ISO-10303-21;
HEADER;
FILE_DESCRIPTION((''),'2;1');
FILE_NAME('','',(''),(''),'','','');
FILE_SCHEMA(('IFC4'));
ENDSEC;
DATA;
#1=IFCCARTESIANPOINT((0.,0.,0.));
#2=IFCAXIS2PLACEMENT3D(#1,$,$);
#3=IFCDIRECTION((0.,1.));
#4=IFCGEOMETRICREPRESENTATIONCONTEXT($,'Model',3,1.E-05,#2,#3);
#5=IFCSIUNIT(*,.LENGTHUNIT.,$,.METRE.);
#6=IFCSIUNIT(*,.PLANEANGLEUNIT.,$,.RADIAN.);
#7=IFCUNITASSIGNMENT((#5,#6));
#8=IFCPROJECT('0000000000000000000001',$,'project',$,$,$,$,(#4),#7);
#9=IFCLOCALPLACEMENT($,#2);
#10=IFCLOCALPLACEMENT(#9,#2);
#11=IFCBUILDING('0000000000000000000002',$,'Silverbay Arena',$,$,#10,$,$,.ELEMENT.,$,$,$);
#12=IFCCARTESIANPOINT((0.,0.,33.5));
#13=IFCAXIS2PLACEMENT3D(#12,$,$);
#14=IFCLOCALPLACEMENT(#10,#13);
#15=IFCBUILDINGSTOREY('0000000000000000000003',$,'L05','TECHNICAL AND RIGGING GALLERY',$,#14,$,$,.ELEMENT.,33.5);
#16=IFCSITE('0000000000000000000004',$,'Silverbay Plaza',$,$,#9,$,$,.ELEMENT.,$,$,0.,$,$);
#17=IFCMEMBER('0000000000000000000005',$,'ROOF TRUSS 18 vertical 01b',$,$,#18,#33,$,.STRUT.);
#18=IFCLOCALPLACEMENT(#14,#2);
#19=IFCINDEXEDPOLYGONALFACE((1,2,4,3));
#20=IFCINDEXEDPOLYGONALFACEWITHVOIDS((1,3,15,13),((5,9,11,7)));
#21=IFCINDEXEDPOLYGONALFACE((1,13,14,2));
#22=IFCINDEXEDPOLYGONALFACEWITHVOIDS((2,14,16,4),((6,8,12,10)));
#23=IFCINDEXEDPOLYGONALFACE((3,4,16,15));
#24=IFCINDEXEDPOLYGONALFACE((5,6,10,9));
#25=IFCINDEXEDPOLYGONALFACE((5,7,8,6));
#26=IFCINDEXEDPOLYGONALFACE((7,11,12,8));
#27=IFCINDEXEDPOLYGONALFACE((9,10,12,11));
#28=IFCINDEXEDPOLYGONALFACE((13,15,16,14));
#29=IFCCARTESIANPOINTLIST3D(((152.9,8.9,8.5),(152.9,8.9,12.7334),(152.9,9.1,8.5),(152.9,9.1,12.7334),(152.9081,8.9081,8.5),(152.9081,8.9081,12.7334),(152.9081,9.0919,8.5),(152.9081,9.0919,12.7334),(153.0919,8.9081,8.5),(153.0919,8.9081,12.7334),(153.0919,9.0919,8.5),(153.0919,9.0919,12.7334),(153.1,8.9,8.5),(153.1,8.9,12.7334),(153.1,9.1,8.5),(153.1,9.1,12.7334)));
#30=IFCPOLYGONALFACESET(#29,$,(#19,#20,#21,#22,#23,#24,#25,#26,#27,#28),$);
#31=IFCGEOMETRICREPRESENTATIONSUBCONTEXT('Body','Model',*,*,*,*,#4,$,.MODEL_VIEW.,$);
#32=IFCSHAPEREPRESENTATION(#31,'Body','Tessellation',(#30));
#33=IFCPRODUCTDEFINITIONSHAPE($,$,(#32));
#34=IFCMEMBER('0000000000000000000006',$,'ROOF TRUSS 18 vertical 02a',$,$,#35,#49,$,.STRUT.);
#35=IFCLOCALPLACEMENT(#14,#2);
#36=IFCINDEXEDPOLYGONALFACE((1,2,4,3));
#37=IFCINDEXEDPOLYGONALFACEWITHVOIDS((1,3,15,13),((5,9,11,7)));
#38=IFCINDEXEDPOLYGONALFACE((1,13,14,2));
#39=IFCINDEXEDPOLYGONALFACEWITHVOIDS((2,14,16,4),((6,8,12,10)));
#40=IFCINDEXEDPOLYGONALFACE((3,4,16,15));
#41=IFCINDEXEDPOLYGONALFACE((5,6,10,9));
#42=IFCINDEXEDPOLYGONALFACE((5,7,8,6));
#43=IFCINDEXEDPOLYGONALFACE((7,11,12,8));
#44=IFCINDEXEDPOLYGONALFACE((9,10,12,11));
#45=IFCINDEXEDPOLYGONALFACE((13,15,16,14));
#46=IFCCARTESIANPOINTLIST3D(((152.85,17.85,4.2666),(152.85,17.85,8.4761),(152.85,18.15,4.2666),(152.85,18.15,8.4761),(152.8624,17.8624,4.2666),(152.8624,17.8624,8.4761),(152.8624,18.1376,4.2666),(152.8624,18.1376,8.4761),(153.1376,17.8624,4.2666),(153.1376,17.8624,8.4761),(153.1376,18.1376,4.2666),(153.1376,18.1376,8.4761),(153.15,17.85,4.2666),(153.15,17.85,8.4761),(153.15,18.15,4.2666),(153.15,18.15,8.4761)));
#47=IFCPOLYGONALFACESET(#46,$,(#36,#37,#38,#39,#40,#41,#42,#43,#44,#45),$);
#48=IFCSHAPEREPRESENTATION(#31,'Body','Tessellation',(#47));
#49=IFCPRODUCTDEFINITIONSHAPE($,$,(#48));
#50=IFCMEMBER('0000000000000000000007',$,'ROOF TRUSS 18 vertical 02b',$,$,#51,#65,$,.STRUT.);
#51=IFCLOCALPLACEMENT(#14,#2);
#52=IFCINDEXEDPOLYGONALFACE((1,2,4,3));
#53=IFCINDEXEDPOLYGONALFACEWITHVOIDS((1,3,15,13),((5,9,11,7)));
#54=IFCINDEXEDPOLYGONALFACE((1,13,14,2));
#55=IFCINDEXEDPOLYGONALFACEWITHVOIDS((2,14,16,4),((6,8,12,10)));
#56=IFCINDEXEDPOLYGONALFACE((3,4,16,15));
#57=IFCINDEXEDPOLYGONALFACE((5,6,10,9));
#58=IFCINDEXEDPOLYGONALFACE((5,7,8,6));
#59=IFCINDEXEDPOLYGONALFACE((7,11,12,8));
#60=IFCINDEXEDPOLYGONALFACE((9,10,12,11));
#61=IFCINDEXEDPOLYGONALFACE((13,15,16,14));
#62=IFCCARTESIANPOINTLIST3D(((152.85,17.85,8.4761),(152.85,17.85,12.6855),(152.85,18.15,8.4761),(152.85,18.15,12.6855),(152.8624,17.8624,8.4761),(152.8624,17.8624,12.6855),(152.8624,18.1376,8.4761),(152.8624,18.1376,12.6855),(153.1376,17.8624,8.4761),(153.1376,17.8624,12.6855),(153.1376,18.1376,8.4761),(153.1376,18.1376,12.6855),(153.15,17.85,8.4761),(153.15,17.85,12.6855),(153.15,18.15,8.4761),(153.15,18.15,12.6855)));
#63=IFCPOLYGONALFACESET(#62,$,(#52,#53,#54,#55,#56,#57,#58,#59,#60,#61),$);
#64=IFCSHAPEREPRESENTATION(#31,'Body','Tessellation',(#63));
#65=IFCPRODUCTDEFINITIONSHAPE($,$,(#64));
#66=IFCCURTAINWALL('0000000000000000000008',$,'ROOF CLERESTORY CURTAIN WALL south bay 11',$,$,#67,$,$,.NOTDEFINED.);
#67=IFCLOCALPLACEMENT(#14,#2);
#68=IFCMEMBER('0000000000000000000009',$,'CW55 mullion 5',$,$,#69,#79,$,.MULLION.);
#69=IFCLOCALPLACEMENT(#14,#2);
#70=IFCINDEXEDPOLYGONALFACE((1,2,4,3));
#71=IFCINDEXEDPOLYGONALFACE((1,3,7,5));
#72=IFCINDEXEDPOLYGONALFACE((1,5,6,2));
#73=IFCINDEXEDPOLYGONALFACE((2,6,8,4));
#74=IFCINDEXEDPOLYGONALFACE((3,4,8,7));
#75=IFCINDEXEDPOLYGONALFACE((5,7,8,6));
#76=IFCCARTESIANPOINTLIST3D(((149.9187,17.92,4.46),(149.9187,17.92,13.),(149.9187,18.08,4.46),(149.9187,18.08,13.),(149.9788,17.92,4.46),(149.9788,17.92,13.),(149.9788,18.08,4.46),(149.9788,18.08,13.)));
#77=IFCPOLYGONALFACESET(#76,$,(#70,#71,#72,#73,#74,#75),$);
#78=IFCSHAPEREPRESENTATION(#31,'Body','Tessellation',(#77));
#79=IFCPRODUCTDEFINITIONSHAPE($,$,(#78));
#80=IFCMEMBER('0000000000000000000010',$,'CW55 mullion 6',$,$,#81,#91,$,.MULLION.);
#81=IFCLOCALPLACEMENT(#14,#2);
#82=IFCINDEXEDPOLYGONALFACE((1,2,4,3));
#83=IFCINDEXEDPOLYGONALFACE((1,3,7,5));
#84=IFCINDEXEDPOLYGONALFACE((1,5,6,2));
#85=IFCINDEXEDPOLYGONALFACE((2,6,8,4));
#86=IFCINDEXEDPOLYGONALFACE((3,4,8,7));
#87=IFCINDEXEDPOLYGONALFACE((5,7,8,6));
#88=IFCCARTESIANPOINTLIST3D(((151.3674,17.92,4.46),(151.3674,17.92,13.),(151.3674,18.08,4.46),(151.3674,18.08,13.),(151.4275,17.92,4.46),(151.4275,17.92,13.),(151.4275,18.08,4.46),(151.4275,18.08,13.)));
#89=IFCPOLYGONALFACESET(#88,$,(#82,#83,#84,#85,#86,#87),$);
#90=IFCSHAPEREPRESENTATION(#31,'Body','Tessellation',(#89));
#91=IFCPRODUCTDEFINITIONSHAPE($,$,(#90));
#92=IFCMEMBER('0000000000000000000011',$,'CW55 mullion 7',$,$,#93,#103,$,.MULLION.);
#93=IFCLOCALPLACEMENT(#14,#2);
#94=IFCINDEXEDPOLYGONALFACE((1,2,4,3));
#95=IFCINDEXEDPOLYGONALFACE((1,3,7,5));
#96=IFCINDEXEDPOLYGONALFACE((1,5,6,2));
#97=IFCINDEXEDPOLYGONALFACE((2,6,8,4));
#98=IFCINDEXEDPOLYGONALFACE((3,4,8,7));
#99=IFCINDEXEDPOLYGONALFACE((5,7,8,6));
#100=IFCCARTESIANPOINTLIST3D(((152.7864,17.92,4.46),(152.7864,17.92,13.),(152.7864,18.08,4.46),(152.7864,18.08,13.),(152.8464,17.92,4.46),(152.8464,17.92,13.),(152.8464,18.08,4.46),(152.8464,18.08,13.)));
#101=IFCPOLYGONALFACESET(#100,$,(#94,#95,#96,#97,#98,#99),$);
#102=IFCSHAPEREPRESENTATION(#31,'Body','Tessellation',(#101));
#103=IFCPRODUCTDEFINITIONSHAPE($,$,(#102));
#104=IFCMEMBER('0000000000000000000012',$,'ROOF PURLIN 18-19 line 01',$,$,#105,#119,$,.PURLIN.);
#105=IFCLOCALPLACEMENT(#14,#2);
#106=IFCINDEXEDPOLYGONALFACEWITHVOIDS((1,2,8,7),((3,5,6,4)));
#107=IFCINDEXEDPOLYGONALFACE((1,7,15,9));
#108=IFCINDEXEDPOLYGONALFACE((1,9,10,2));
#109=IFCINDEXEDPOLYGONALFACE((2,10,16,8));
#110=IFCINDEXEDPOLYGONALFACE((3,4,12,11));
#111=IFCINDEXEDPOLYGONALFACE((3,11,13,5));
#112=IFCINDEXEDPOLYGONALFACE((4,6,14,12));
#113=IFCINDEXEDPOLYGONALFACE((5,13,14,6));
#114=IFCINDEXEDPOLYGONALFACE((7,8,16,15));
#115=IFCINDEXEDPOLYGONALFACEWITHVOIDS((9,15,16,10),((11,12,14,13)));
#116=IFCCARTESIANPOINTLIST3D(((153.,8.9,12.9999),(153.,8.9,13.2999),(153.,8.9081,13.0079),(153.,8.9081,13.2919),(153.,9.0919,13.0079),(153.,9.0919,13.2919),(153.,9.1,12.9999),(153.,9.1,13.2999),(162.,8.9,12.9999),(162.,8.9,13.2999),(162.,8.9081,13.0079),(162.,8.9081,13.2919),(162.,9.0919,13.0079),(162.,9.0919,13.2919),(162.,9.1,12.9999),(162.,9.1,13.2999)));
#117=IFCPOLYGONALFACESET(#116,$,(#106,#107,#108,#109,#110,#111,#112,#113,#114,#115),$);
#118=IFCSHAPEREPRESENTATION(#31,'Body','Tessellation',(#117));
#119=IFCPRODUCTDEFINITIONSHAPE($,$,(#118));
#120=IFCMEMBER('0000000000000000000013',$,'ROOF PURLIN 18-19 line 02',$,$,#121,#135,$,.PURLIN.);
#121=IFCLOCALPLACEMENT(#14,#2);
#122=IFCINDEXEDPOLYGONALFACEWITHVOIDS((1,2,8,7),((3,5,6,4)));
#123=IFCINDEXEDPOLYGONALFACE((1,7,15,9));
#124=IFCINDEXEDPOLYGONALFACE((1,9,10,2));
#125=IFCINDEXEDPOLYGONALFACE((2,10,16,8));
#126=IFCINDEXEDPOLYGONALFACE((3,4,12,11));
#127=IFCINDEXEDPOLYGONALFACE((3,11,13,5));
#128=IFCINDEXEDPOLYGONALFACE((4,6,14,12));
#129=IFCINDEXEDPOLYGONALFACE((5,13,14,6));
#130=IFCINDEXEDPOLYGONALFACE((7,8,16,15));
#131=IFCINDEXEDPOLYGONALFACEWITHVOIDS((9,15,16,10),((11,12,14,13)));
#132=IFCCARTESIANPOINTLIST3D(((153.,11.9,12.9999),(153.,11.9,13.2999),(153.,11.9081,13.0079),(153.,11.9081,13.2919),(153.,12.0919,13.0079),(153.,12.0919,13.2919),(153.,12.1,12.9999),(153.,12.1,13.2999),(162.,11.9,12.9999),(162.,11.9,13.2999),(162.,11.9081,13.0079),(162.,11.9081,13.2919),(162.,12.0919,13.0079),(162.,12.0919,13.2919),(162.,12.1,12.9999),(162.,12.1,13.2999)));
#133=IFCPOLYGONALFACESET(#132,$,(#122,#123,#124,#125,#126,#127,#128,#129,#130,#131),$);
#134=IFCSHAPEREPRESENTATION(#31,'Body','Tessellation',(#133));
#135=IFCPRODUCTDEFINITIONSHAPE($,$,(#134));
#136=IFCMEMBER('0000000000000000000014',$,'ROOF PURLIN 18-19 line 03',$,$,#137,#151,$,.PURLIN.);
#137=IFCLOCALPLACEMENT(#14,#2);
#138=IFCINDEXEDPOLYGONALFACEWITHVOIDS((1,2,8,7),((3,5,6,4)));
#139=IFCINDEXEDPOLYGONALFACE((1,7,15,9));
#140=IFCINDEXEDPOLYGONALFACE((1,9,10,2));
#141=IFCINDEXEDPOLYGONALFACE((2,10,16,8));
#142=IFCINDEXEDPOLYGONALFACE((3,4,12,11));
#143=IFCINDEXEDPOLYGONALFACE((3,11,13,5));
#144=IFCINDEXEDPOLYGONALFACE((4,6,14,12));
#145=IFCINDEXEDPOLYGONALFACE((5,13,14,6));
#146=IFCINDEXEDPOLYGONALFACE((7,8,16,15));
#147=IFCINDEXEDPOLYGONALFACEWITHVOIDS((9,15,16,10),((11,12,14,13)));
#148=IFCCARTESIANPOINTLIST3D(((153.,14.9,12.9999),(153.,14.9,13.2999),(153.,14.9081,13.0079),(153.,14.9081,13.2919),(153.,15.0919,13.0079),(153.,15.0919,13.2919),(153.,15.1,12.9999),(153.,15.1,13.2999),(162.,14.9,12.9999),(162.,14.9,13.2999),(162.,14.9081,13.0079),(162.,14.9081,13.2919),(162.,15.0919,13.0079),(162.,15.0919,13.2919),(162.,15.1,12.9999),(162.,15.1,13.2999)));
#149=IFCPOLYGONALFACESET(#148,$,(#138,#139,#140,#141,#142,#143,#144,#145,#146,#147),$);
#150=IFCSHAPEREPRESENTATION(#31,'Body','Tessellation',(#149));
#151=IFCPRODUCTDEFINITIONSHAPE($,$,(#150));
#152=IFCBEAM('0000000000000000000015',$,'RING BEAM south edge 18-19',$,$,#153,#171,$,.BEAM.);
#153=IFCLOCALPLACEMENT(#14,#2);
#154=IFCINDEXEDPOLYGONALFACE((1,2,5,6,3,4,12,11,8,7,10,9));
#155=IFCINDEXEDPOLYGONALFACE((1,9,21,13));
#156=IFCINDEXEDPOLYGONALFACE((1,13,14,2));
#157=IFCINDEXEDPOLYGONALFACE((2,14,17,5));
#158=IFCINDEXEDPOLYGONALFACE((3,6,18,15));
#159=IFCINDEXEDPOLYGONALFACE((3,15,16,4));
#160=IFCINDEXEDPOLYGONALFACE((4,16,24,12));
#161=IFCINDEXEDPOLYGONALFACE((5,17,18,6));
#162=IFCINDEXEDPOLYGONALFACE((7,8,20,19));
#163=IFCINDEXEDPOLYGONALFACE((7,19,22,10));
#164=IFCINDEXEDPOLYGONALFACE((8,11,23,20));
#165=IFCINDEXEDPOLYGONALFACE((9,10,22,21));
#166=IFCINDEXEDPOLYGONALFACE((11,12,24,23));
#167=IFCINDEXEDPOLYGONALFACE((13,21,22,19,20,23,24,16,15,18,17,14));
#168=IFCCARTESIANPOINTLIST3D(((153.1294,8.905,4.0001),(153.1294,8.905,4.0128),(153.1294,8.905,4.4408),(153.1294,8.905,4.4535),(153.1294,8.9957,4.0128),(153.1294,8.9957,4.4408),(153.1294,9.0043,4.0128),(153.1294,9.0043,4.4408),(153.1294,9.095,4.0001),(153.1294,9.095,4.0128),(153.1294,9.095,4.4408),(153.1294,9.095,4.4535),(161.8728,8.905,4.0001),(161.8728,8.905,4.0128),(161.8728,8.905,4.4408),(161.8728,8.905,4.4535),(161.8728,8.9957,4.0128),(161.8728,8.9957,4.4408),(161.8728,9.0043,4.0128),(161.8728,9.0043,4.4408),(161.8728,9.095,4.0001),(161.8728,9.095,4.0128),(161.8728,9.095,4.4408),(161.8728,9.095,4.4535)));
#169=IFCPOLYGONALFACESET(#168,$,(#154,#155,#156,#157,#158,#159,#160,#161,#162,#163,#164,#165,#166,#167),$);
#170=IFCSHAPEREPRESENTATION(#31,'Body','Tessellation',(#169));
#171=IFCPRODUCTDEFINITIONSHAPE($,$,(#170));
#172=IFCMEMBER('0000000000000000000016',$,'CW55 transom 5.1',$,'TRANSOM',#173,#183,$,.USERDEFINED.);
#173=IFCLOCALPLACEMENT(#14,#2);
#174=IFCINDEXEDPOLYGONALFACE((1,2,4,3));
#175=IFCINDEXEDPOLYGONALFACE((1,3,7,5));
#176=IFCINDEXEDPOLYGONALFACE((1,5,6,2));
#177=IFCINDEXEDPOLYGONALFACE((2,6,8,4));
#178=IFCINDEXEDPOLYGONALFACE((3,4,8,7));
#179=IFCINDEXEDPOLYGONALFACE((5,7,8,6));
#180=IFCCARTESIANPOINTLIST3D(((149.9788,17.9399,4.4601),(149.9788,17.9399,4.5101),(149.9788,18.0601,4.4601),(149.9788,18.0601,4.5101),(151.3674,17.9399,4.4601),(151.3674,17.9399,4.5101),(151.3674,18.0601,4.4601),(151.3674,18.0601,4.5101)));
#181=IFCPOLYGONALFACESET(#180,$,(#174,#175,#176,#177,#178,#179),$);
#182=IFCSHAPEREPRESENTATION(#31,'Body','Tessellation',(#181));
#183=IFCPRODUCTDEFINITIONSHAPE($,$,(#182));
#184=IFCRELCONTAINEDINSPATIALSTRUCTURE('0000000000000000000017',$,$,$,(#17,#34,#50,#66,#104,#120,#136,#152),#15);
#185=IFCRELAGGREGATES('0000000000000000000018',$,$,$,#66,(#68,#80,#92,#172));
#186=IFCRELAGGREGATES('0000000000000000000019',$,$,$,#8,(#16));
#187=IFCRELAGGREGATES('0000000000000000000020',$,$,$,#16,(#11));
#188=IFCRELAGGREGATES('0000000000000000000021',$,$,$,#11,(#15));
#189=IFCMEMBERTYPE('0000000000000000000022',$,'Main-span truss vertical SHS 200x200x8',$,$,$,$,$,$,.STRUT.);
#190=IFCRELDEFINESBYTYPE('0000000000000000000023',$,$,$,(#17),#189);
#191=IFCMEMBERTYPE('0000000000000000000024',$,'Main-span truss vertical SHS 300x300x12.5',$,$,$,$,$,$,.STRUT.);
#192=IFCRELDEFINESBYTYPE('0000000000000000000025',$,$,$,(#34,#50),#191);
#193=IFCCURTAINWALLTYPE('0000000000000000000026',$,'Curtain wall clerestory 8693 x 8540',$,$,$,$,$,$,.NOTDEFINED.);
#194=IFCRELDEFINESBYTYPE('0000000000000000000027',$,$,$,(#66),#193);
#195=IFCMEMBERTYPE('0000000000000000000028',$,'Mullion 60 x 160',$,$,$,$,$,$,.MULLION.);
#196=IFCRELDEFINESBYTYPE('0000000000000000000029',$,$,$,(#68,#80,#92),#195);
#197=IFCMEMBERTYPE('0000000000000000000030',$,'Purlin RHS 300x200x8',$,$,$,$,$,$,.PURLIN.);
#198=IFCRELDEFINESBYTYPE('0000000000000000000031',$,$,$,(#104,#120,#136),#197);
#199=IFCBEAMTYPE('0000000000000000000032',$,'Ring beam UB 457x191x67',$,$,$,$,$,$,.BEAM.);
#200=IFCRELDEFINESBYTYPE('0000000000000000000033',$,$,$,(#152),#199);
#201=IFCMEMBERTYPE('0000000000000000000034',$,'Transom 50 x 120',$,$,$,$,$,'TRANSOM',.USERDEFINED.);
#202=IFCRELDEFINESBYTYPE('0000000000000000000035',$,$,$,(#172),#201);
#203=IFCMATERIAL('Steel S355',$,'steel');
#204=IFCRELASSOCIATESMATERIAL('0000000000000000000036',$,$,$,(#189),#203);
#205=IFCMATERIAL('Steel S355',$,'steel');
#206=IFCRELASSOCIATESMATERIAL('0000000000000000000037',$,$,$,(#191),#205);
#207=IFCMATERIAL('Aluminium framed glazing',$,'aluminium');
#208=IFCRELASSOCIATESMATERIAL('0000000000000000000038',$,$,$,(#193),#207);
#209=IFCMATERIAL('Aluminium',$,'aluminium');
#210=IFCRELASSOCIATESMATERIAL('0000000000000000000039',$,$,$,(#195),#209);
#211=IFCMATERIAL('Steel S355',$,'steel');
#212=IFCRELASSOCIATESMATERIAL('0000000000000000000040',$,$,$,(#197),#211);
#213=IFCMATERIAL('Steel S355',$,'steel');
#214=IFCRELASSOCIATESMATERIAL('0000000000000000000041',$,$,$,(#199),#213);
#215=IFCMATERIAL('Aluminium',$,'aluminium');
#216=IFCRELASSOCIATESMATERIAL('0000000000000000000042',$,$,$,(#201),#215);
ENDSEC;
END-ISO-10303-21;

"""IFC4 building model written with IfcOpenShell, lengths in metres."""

from ifc_helpers import new_model, si_unit, direction, frame, origin, origin_2d, place, context, subcontext, project, spatial, rectangle, hollow_rectangle, i_section, extrude, material, material_profile, profile_set, type_object, element, aggregate, save


model = new_model("IFC4")

# Units and contexts
model_context = context("Model", 3, precision=1e-05, world=origin(), true_north=direction((0.0, 1.0)))
body_context = subcontext(model_context, "Body", "Model", "MODEL_VIEW")
ifc_project = project(units=[si_unit("LENGTHUNIT", "METRE"), si_unit("PLANEANGLEUNIT", "RADIAN")], contexts=[model_context])

# Site, building, storey
site_placement = place(None, origin())
site = spatial("IfcSite", under=ifc_project, at=site_placement, Name="Silverbay Plaza", CompositionType="ELEMENT", RefElevation=0.0)
building_placement = place(site_placement, origin())
building = spatial("IfcBuilding", under=site, at=building_placement, Name="Silverbay Arena", CompositionType="ELEMENT")
storey_placement = place(building_placement, frame((0.0, 0.0, 33.5)))
storey = spatial("IfcBuildingStorey", under=building, at=storey_placement, Name="L05", Description="TECHNICAL AND RIGGING GALLERY", CompositionType="ELEMENT", Elevation=33.5)

# Members
ifc_material_1 = material(Name="Steel S355", Category="steel")
ifc_material_profile_1 = material_profile(ifc_material_1, hollow_rectangle(XDim=0.2, YDim=0.2, WallThickness=0.0081, at=origin_2d()), Name="SHS 200x200x8")
ifc_profile_set_1 = profile_set([ifc_material_profile_1], Name="Steel S355")
member_type_1 = type_object("IfcMemberType", Name="Main-span truss vertical SHS 200x200x8", PredefinedType="STRUT", material=ifc_profile_set_1)
for number, where, z_axis, x_axis, name in (
    (1, (153.0, 9.0, 8.5), (0.0, 0.0, 1.0), (1.0, 0.0, 0.0), "ROOF TRUSS 18 vertical 01b"),
):
    element("IfcMember", number, at=place(storey_placement, frame(where, z_axis=z_axis, x_axis=x_axis)), inside=storey, type_object=member_type_1, Name=name, PredefinedType="STRUT", context=body_context, shape_type="SweptSolid", body=[
        extrude(hollow_rectangle(XDim=0.2, YDim=0.2, WallThickness=0.0081, at=origin_2d()), origin(), (0.0, 0.0, 1.0), 4.2334),
    ])
ifc_material_2 = material(Name="Steel S355", Category="steel")
ifc_material_profile_2 = material_profile(ifc_material_2, hollow_rectangle(XDim=0.3, YDim=0.3, WallThickness=0.0125, at=origin_2d()), Name="SHS 300x300x12.5")
ifc_profile_set_2 = profile_set([ifc_material_profile_2], Name="Steel S355")
member_type_2 = type_object("IfcMemberType", Name="Main-span truss vertical SHS 300x300x12.5", PredefinedType="STRUT", material=ifc_profile_set_2)
for number, where, z_axis, x_axis, name in (
    (2, (153.0, 18.0, 4.2666), (0.0, 0.0, 1.0), (1.0, 0.0, 0.0), "ROOF TRUSS 18 vertical 02a"),
    (3, (153.0, 18.0, 8.4761), (0.0, 0.0, 1.0), (1.0, 0.0, 0.0), "ROOF TRUSS 18 vertical 02b"),
):
    element("IfcMember", number, at=place(storey_placement, frame(where, z_axis=z_axis, x_axis=x_axis)), inside=storey, type_object=member_type_2, Name=name, PredefinedType="STRUT", context=body_context, shape_type="SweptSolid", body=[
        extrude(hollow_rectangle(XDim=0.3, YDim=0.3, WallThickness=0.0125, at=origin_2d()), origin(), (0.0, 0.0, 1.0), 4.2095),
    ])

# Curtain wall, members
ifc_material_3 = material(Name="Aluminium framed glazing", Category="aluminium")
curtain_wall_type = type_object("IfcCurtainWallType", Name="Curtain wall clerestory 8693 x 8540", PredefinedType="NOTDEFINED", material=ifc_material_3)
curtain_wall_placement = place(storey_placement, origin())
curtain_wall = element("IfcCurtainWall", 4, at=curtain_wall_placement, inside=storey, type_object=curtain_wall_type, Name="ROOF CLERESTORY CURTAIN WALL south bay 11", PredefinedType="NOTDEFINED")
ifc_material_4 = material(Name="Aluminium", Category="aluminium")
ifc_material_profile_3 = material_profile(ifc_material_4, rectangle(XDim=0.1599, YDim=0.0601, at=origin_2d()), Name="Mullion 60 x 160")
ifc_profile_set_3 = profile_set([ifc_material_profile_3], Name="Aluminium")
member_type_3 = type_object("IfcMemberType", Name="Mullion 60 x 160", PredefinedType="MULLION", material=ifc_profile_set_3)
member_1_placement = place(storey_placement, frame((149.9487, 18.0, 4.46), z_axis=(0.0, 0.0, 1.0), x_axis=(0.0, 1.0, 0.0)))
member_1 = element("IfcMember", 5, at=member_1_placement, type_object=member_type_3, Name="CW55 mullion 5", PredefinedType="MULLION", context=body_context, shape_type="SweptSolid", body=[
    extrude(rectangle(XDim=0.1599, YDim=0.0601, at=origin_2d()), origin(), (0.0, 0.0, 1.0), 8.54),
])
member_2_placement = place(storey_placement, frame((151.3975, 18.0, 4.46), z_axis=(0.0, 0.0, 1.0), x_axis=(0.0, 1.0, 0.0)))
member_2 = element("IfcMember", 6, at=member_2_placement, type_object=member_type_3, Name="CW55 mullion 6", PredefinedType="MULLION", context=body_context, shape_type="SweptSolid", body=[
    extrude(rectangle(XDim=0.1599, YDim=0.0601, at=origin_2d()), origin(), (0.0, 0.0, 1.0), 8.54),
])
member_3_placement = place(storey_placement, frame((152.8164, 18.0, 4.46), z_axis=(0.0, 0.0, 1.0), x_axis=(0.0, 1.0, 0.0)))
member_3 = element("IfcMember", 7, at=member_3_placement, type_object=member_type_3, Name="CW55 mullion 7", PredefinedType="MULLION", context=body_context, shape_type="SweptSolid", body=[
    extrude(rectangle(XDim=0.1599, YDim=0.0601, at=origin_2d()), origin(), (0.0, 0.0, 1.0), 8.54),
])

# Members
ifc_material_5 = material(Name="Steel S355", Category="steel")
ifc_material_profile_4 = material_profile(ifc_material_5, hollow_rectangle(XDim=0.2, YDim=0.3, WallThickness=0.0081, at=origin_2d()), Name="RHS 300x200x8")
ifc_profile_set_4 = profile_set([ifc_material_profile_4], Name="Steel S355")
member_type_4 = type_object("IfcMemberType", Name="Purlin RHS 300x200x8", PredefinedType="PURLIN", material=ifc_profile_set_4)
for number, where, z_axis, x_axis, name in (
    (8, (153.0, 9.0, 13.1499), (1.0, 0.0, 0.0), (0.0, 1.0, 0.0), "ROOF PURLIN 18-19 line 01"),
    (9, (153.0, 12.0, 13.1499), (1.0, 0.0, 0.0), (0.0, 1.0, 0.0), "ROOF PURLIN 18-19 line 02"),
    (10, (153.0, 15.0, 13.1499), (1.0, 0.0, 0.0), (0.0, 1.0, 0.0), "ROOF PURLIN 18-19 line 03"),
):
    element("IfcMember", number, at=place(storey_placement, frame(where, z_axis=z_axis, x_axis=x_axis)), inside=storey, type_object=member_type_4, Name=name, PredefinedType="PURLIN", context=body_context, shape_type="SweptSolid", body=[
        extrude(hollow_rectangle(XDim=0.2, YDim=0.3, WallThickness=0.0081, at=origin_2d()), origin(), (0.0, 0.0, 1.0), 9.0),
    ])

# Beam
ifc_material_6 = material(Name="Steel S355", Category="steel")
ifc_material_profile_5 = material_profile(ifc_material_6, i_section(OverallWidth=0.1899, OverallDepth=0.4534, WebThickness=0.0085, FlangeThickness=0.0127, at=origin_2d()), Name="UB 457x191x67")
ifc_profile_set_5 = profile_set([ifc_material_profile_5], Name="Steel S355")
beam_type = type_object("IfcBeamType", Name="Ring beam UB 457x191x67", PredefinedType="BEAM", material=ifc_profile_set_5)
beam_placement = place(storey_placement, frame((153.1294, 9.0, 4.2268), z_axis=(1.0, 0.0, 0.0), x_axis=(0.0, 1.0, 0.0)))
element("IfcBeam", 11, at=beam_placement, inside=storey, type_object=beam_type, Name="RING BEAM south edge 18-19", PredefinedType="BEAM", context=body_context, shape_type="SweptSolid", body=[
    extrude(i_section(OverallWidth=0.1899, OverallDepth=0.4534, WebThickness=0.0085, FlangeThickness=0.0127, at=origin_2d()), origin(), (0.0, 0.0, 1.0), 8.7434),
])

# Member
ifc_material_7 = material(Name="Aluminium", Category="aluminium")
ifc_material_profile_6 = material_profile(ifc_material_7, rectangle(XDim=0.1201, YDim=0.05, at=origin_2d()), Name="Transom 50 x 120")
ifc_profile_set_6 = profile_set([ifc_material_profile_6], Name="Aluminium")
member_type_5 = type_object("IfcMemberType", Name="Transom 50 x 120", ElementType="TRANSOM", PredefinedType="USERDEFINED", material=ifc_profile_set_6)
member_4_placement = place(storey_placement, frame((149.9788, 18.0, 4.4851), z_axis=(1.0, 0.0, 0.0), x_axis=(0.0, 1.0, 0.0)))
member_4 = element("IfcMember", 12, at=member_4_placement, type_object=member_type_5, Name="CW55 transom 5.1", ObjectType="TRANSOM", PredefinedType="USERDEFINED", context=body_context, shape_type="SweptSolid", body=[
    extrude(rectangle(XDim=0.1201, YDim=0.05, at=origin_2d()), origin(), (0.0, 0.0, 1.0), 1.3887),
])

aggregate(curtain_wall, [member_1, member_2, member_3, member_4])

save(model, "model.ifc")
